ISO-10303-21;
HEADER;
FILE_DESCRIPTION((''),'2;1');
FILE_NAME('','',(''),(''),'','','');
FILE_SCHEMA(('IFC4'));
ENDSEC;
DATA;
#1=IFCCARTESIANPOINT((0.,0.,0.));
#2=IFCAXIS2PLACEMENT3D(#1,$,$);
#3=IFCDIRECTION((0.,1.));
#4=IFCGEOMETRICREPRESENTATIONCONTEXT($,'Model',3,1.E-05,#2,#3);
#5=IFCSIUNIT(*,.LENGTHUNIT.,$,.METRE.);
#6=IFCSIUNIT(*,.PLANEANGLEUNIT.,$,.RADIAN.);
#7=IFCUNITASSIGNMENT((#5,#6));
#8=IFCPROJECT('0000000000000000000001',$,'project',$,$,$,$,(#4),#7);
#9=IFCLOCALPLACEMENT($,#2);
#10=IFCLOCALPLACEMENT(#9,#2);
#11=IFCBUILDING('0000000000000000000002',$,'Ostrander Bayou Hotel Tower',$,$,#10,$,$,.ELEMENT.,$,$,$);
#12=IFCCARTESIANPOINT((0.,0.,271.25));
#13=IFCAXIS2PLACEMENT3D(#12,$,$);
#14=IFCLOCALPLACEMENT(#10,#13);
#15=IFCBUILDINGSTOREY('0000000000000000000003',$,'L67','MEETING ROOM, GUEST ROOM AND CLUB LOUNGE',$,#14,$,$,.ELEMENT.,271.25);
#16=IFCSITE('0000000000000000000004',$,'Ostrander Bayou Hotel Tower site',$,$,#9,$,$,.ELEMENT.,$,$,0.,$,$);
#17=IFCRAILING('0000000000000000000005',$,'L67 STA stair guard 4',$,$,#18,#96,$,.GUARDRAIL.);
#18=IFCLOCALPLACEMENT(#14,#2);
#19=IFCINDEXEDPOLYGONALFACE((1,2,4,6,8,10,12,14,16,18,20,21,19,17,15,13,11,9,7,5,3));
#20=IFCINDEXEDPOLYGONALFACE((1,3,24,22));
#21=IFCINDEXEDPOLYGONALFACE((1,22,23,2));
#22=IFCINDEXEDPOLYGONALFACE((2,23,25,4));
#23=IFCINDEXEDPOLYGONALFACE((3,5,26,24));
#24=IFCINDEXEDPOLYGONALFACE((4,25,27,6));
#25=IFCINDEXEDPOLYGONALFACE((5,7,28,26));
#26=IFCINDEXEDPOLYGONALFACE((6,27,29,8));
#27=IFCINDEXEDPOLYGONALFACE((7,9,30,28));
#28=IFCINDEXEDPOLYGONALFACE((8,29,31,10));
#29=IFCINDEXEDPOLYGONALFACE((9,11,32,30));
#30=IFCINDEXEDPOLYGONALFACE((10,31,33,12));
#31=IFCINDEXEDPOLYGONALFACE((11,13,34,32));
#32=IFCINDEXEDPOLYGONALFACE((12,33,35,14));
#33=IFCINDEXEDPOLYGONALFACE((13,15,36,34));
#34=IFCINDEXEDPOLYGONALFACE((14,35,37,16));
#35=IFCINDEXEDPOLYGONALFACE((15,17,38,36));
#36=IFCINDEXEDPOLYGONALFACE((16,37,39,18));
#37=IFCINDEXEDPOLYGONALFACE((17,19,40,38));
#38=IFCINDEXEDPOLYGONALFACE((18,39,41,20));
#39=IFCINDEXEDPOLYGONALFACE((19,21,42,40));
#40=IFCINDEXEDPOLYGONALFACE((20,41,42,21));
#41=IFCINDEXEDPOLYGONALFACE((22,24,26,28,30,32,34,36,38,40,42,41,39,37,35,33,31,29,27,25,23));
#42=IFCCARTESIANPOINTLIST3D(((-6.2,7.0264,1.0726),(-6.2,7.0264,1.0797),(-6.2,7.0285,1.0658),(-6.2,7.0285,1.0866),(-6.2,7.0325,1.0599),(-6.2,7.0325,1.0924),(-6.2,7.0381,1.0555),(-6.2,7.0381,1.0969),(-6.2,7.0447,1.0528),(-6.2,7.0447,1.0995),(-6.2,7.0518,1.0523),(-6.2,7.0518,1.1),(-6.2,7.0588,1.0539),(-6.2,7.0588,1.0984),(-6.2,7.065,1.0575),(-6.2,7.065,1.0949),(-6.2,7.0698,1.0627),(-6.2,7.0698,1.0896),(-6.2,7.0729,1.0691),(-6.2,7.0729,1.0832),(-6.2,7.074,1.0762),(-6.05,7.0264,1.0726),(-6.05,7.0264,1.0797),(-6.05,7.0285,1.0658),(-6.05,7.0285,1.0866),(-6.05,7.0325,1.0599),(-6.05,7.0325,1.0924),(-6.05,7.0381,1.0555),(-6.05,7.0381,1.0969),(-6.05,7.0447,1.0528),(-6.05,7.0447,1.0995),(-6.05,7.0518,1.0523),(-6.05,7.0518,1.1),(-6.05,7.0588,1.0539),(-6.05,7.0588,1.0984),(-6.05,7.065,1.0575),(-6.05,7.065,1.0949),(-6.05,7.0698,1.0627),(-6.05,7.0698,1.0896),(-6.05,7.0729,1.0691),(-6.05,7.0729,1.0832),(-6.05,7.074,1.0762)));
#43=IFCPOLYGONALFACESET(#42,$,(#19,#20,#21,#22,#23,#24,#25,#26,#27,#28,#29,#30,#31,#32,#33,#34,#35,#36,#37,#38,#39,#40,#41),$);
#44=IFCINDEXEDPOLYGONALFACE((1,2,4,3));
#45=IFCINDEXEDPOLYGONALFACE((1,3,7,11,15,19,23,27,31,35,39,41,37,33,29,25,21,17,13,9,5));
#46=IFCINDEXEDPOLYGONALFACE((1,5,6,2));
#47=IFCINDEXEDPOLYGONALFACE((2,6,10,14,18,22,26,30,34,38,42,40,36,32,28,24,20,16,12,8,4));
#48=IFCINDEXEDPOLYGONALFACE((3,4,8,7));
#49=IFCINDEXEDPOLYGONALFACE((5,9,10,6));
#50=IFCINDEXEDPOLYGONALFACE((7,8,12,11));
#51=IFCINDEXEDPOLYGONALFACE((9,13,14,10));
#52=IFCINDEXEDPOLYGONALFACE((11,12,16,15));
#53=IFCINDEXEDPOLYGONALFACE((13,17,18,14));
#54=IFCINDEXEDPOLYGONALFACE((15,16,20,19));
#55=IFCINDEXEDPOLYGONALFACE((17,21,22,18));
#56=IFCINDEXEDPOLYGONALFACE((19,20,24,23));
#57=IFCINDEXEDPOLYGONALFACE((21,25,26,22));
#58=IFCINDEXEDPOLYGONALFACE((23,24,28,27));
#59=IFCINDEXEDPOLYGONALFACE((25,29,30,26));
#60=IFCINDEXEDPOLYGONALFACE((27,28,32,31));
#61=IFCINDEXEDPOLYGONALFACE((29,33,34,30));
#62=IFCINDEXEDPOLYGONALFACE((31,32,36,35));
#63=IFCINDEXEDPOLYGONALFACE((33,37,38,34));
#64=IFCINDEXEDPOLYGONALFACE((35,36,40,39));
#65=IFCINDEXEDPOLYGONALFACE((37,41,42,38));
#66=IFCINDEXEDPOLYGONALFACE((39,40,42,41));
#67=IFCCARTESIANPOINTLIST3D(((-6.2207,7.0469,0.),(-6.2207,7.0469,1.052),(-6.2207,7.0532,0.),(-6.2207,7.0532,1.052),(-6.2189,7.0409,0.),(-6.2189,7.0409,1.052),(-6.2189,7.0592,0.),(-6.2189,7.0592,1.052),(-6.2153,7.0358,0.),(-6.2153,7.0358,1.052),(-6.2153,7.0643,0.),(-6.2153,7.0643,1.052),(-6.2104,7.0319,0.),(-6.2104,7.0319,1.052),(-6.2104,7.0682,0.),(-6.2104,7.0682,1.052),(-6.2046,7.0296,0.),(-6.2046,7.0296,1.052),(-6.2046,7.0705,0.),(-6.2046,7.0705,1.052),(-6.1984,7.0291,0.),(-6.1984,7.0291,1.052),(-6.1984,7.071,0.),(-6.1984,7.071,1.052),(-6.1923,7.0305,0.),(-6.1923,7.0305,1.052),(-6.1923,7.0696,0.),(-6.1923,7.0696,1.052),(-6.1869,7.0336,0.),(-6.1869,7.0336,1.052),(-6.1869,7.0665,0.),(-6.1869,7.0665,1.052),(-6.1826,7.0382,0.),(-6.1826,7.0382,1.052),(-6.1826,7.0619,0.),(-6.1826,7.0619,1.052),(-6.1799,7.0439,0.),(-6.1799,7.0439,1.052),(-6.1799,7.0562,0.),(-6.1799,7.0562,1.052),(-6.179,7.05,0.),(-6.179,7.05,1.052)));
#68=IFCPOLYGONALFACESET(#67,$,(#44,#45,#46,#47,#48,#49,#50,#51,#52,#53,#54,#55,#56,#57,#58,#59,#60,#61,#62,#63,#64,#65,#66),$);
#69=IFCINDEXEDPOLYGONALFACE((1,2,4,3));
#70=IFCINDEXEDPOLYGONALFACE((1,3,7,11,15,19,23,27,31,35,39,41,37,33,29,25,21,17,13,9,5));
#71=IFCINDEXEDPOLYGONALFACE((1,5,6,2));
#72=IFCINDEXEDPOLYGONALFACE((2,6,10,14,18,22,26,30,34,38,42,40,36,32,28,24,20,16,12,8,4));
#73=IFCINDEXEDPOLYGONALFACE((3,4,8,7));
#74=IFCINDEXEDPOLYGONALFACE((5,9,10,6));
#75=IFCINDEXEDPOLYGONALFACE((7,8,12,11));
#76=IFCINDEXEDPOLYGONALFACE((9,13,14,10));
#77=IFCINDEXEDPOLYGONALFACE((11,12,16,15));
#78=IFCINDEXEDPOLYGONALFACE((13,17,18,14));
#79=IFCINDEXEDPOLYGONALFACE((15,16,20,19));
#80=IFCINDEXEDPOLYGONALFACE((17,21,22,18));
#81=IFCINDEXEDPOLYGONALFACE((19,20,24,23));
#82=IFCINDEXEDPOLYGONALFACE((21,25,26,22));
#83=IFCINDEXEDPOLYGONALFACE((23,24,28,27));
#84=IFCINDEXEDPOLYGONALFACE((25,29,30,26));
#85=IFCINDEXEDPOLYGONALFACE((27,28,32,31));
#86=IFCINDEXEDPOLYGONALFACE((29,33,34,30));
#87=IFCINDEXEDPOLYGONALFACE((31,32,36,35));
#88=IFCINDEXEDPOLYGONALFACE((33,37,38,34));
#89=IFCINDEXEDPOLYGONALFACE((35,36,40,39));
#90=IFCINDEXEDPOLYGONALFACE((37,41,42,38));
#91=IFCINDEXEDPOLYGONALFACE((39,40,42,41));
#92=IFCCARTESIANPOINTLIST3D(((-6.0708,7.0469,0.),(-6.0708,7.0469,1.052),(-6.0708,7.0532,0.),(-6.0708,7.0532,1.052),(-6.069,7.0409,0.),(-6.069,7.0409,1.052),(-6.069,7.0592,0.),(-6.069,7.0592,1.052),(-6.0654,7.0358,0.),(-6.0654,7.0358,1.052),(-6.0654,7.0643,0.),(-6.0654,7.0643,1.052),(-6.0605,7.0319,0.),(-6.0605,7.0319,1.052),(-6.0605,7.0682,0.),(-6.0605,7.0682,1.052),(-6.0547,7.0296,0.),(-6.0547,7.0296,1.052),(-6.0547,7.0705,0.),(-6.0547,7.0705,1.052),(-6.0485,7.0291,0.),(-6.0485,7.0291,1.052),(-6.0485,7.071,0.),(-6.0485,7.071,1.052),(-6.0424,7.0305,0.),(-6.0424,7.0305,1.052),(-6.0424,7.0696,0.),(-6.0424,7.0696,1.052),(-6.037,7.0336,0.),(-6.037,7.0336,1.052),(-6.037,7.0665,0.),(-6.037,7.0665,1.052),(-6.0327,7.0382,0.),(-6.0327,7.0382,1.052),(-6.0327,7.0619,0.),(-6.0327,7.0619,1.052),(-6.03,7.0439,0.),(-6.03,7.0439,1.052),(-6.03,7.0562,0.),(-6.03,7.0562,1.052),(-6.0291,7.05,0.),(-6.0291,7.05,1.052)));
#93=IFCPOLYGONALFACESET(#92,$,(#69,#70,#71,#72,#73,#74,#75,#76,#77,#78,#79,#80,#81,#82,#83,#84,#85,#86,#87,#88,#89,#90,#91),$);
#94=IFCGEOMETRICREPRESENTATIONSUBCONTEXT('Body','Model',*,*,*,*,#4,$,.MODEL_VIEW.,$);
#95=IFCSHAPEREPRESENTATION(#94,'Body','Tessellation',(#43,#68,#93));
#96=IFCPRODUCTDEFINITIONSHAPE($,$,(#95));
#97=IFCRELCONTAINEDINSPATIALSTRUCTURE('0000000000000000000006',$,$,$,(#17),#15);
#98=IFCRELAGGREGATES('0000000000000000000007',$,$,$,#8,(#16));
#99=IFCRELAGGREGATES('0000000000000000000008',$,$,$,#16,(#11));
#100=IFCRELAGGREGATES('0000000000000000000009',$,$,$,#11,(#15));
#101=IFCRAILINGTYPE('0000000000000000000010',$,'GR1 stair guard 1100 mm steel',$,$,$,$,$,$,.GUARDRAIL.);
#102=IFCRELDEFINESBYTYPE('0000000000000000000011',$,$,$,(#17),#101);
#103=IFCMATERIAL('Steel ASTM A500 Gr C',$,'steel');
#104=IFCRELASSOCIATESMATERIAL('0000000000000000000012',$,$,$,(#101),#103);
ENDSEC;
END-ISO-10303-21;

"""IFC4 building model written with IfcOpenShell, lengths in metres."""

from ifc_helpers import new_model, si_unit, direction, frame, origin, origin_2d, place, context, subcontext, project, spatial, circle, extrude, material, type_object, element, save


model = new_model("IFC4")

# Units and contexts
model_context = context("Model", 3, precision=1e-05, world=origin(), true_north=direction((0.0, 1.0)))
body_context = subcontext(model_context, "Body", "Model", "MODEL_VIEW")
ifc_project = project(units=[si_unit("LENGTHUNIT", "METRE"), si_unit("PLANEANGLEUNIT", "RADIAN")], contexts=[model_context])

# Site, building, storey
site_placement = place(None, origin())
site = spatial("IfcSite", under=ifc_project, at=site_placement, Name="Ostrander Bayou Hotel Tower site", CompositionType="ELEMENT", RefElevation=0.0)
building_placement = place(site_placement, origin())
building = spatial("IfcBuilding", under=site, at=building_placement, Name="Ostrander Bayou Hotel Tower", CompositionType="ELEMENT")
storey_placement = place(building_placement, frame((0.0, 0.0, 271.25)))
storey = spatial("IfcBuildingStorey", under=building, at=storey_placement, Name="L67", Description="MEETING ROOM, GUEST ROOM AND CLUB LOUNGE", CompositionType="ELEMENT", Elevation=271.25)

# Railing
ifc_material_1 = material(Name="Steel ASTM A500 Gr C", Category="steel")
railing_type = type_object("IfcRailingType", Name="GR1 stair guard 1100 mm steel", PredefinedType="GUARDRAIL", material=ifc_material_1)
railing_1_placement = place(storey_placement, frame((-6.2, 7.05, 0.0)))
element("IfcRailing", 1, at=railing_1_placement, inside=storey, type_object=railing_type, Name="L67 STA stair guard 4", PredefinedType="GUARDRAIL", context=body_context, shape_type="SweptSolid", body=[
    extrude(circle(Radius=0.0239, at=origin_2d()), frame((0.0, 0.0, 1.0762), z_axis=(1.0, 0.0, 0.0), x_axis=(0.0, 1.0, 0.0)), (0.0, 0.0, 1.0), 0.1499),
    extrude(circle(Radius=0.021, at=origin_2d()), origin(), (0.0, 0.0, 1.0), 1.052),
    extrude(circle(Radius=0.021, at=origin_2d()), frame((0.1499, 0.0, 0.0)), (0.0, 0.0, 1.0), 1.052),
])

save(model, "model.ifc")
